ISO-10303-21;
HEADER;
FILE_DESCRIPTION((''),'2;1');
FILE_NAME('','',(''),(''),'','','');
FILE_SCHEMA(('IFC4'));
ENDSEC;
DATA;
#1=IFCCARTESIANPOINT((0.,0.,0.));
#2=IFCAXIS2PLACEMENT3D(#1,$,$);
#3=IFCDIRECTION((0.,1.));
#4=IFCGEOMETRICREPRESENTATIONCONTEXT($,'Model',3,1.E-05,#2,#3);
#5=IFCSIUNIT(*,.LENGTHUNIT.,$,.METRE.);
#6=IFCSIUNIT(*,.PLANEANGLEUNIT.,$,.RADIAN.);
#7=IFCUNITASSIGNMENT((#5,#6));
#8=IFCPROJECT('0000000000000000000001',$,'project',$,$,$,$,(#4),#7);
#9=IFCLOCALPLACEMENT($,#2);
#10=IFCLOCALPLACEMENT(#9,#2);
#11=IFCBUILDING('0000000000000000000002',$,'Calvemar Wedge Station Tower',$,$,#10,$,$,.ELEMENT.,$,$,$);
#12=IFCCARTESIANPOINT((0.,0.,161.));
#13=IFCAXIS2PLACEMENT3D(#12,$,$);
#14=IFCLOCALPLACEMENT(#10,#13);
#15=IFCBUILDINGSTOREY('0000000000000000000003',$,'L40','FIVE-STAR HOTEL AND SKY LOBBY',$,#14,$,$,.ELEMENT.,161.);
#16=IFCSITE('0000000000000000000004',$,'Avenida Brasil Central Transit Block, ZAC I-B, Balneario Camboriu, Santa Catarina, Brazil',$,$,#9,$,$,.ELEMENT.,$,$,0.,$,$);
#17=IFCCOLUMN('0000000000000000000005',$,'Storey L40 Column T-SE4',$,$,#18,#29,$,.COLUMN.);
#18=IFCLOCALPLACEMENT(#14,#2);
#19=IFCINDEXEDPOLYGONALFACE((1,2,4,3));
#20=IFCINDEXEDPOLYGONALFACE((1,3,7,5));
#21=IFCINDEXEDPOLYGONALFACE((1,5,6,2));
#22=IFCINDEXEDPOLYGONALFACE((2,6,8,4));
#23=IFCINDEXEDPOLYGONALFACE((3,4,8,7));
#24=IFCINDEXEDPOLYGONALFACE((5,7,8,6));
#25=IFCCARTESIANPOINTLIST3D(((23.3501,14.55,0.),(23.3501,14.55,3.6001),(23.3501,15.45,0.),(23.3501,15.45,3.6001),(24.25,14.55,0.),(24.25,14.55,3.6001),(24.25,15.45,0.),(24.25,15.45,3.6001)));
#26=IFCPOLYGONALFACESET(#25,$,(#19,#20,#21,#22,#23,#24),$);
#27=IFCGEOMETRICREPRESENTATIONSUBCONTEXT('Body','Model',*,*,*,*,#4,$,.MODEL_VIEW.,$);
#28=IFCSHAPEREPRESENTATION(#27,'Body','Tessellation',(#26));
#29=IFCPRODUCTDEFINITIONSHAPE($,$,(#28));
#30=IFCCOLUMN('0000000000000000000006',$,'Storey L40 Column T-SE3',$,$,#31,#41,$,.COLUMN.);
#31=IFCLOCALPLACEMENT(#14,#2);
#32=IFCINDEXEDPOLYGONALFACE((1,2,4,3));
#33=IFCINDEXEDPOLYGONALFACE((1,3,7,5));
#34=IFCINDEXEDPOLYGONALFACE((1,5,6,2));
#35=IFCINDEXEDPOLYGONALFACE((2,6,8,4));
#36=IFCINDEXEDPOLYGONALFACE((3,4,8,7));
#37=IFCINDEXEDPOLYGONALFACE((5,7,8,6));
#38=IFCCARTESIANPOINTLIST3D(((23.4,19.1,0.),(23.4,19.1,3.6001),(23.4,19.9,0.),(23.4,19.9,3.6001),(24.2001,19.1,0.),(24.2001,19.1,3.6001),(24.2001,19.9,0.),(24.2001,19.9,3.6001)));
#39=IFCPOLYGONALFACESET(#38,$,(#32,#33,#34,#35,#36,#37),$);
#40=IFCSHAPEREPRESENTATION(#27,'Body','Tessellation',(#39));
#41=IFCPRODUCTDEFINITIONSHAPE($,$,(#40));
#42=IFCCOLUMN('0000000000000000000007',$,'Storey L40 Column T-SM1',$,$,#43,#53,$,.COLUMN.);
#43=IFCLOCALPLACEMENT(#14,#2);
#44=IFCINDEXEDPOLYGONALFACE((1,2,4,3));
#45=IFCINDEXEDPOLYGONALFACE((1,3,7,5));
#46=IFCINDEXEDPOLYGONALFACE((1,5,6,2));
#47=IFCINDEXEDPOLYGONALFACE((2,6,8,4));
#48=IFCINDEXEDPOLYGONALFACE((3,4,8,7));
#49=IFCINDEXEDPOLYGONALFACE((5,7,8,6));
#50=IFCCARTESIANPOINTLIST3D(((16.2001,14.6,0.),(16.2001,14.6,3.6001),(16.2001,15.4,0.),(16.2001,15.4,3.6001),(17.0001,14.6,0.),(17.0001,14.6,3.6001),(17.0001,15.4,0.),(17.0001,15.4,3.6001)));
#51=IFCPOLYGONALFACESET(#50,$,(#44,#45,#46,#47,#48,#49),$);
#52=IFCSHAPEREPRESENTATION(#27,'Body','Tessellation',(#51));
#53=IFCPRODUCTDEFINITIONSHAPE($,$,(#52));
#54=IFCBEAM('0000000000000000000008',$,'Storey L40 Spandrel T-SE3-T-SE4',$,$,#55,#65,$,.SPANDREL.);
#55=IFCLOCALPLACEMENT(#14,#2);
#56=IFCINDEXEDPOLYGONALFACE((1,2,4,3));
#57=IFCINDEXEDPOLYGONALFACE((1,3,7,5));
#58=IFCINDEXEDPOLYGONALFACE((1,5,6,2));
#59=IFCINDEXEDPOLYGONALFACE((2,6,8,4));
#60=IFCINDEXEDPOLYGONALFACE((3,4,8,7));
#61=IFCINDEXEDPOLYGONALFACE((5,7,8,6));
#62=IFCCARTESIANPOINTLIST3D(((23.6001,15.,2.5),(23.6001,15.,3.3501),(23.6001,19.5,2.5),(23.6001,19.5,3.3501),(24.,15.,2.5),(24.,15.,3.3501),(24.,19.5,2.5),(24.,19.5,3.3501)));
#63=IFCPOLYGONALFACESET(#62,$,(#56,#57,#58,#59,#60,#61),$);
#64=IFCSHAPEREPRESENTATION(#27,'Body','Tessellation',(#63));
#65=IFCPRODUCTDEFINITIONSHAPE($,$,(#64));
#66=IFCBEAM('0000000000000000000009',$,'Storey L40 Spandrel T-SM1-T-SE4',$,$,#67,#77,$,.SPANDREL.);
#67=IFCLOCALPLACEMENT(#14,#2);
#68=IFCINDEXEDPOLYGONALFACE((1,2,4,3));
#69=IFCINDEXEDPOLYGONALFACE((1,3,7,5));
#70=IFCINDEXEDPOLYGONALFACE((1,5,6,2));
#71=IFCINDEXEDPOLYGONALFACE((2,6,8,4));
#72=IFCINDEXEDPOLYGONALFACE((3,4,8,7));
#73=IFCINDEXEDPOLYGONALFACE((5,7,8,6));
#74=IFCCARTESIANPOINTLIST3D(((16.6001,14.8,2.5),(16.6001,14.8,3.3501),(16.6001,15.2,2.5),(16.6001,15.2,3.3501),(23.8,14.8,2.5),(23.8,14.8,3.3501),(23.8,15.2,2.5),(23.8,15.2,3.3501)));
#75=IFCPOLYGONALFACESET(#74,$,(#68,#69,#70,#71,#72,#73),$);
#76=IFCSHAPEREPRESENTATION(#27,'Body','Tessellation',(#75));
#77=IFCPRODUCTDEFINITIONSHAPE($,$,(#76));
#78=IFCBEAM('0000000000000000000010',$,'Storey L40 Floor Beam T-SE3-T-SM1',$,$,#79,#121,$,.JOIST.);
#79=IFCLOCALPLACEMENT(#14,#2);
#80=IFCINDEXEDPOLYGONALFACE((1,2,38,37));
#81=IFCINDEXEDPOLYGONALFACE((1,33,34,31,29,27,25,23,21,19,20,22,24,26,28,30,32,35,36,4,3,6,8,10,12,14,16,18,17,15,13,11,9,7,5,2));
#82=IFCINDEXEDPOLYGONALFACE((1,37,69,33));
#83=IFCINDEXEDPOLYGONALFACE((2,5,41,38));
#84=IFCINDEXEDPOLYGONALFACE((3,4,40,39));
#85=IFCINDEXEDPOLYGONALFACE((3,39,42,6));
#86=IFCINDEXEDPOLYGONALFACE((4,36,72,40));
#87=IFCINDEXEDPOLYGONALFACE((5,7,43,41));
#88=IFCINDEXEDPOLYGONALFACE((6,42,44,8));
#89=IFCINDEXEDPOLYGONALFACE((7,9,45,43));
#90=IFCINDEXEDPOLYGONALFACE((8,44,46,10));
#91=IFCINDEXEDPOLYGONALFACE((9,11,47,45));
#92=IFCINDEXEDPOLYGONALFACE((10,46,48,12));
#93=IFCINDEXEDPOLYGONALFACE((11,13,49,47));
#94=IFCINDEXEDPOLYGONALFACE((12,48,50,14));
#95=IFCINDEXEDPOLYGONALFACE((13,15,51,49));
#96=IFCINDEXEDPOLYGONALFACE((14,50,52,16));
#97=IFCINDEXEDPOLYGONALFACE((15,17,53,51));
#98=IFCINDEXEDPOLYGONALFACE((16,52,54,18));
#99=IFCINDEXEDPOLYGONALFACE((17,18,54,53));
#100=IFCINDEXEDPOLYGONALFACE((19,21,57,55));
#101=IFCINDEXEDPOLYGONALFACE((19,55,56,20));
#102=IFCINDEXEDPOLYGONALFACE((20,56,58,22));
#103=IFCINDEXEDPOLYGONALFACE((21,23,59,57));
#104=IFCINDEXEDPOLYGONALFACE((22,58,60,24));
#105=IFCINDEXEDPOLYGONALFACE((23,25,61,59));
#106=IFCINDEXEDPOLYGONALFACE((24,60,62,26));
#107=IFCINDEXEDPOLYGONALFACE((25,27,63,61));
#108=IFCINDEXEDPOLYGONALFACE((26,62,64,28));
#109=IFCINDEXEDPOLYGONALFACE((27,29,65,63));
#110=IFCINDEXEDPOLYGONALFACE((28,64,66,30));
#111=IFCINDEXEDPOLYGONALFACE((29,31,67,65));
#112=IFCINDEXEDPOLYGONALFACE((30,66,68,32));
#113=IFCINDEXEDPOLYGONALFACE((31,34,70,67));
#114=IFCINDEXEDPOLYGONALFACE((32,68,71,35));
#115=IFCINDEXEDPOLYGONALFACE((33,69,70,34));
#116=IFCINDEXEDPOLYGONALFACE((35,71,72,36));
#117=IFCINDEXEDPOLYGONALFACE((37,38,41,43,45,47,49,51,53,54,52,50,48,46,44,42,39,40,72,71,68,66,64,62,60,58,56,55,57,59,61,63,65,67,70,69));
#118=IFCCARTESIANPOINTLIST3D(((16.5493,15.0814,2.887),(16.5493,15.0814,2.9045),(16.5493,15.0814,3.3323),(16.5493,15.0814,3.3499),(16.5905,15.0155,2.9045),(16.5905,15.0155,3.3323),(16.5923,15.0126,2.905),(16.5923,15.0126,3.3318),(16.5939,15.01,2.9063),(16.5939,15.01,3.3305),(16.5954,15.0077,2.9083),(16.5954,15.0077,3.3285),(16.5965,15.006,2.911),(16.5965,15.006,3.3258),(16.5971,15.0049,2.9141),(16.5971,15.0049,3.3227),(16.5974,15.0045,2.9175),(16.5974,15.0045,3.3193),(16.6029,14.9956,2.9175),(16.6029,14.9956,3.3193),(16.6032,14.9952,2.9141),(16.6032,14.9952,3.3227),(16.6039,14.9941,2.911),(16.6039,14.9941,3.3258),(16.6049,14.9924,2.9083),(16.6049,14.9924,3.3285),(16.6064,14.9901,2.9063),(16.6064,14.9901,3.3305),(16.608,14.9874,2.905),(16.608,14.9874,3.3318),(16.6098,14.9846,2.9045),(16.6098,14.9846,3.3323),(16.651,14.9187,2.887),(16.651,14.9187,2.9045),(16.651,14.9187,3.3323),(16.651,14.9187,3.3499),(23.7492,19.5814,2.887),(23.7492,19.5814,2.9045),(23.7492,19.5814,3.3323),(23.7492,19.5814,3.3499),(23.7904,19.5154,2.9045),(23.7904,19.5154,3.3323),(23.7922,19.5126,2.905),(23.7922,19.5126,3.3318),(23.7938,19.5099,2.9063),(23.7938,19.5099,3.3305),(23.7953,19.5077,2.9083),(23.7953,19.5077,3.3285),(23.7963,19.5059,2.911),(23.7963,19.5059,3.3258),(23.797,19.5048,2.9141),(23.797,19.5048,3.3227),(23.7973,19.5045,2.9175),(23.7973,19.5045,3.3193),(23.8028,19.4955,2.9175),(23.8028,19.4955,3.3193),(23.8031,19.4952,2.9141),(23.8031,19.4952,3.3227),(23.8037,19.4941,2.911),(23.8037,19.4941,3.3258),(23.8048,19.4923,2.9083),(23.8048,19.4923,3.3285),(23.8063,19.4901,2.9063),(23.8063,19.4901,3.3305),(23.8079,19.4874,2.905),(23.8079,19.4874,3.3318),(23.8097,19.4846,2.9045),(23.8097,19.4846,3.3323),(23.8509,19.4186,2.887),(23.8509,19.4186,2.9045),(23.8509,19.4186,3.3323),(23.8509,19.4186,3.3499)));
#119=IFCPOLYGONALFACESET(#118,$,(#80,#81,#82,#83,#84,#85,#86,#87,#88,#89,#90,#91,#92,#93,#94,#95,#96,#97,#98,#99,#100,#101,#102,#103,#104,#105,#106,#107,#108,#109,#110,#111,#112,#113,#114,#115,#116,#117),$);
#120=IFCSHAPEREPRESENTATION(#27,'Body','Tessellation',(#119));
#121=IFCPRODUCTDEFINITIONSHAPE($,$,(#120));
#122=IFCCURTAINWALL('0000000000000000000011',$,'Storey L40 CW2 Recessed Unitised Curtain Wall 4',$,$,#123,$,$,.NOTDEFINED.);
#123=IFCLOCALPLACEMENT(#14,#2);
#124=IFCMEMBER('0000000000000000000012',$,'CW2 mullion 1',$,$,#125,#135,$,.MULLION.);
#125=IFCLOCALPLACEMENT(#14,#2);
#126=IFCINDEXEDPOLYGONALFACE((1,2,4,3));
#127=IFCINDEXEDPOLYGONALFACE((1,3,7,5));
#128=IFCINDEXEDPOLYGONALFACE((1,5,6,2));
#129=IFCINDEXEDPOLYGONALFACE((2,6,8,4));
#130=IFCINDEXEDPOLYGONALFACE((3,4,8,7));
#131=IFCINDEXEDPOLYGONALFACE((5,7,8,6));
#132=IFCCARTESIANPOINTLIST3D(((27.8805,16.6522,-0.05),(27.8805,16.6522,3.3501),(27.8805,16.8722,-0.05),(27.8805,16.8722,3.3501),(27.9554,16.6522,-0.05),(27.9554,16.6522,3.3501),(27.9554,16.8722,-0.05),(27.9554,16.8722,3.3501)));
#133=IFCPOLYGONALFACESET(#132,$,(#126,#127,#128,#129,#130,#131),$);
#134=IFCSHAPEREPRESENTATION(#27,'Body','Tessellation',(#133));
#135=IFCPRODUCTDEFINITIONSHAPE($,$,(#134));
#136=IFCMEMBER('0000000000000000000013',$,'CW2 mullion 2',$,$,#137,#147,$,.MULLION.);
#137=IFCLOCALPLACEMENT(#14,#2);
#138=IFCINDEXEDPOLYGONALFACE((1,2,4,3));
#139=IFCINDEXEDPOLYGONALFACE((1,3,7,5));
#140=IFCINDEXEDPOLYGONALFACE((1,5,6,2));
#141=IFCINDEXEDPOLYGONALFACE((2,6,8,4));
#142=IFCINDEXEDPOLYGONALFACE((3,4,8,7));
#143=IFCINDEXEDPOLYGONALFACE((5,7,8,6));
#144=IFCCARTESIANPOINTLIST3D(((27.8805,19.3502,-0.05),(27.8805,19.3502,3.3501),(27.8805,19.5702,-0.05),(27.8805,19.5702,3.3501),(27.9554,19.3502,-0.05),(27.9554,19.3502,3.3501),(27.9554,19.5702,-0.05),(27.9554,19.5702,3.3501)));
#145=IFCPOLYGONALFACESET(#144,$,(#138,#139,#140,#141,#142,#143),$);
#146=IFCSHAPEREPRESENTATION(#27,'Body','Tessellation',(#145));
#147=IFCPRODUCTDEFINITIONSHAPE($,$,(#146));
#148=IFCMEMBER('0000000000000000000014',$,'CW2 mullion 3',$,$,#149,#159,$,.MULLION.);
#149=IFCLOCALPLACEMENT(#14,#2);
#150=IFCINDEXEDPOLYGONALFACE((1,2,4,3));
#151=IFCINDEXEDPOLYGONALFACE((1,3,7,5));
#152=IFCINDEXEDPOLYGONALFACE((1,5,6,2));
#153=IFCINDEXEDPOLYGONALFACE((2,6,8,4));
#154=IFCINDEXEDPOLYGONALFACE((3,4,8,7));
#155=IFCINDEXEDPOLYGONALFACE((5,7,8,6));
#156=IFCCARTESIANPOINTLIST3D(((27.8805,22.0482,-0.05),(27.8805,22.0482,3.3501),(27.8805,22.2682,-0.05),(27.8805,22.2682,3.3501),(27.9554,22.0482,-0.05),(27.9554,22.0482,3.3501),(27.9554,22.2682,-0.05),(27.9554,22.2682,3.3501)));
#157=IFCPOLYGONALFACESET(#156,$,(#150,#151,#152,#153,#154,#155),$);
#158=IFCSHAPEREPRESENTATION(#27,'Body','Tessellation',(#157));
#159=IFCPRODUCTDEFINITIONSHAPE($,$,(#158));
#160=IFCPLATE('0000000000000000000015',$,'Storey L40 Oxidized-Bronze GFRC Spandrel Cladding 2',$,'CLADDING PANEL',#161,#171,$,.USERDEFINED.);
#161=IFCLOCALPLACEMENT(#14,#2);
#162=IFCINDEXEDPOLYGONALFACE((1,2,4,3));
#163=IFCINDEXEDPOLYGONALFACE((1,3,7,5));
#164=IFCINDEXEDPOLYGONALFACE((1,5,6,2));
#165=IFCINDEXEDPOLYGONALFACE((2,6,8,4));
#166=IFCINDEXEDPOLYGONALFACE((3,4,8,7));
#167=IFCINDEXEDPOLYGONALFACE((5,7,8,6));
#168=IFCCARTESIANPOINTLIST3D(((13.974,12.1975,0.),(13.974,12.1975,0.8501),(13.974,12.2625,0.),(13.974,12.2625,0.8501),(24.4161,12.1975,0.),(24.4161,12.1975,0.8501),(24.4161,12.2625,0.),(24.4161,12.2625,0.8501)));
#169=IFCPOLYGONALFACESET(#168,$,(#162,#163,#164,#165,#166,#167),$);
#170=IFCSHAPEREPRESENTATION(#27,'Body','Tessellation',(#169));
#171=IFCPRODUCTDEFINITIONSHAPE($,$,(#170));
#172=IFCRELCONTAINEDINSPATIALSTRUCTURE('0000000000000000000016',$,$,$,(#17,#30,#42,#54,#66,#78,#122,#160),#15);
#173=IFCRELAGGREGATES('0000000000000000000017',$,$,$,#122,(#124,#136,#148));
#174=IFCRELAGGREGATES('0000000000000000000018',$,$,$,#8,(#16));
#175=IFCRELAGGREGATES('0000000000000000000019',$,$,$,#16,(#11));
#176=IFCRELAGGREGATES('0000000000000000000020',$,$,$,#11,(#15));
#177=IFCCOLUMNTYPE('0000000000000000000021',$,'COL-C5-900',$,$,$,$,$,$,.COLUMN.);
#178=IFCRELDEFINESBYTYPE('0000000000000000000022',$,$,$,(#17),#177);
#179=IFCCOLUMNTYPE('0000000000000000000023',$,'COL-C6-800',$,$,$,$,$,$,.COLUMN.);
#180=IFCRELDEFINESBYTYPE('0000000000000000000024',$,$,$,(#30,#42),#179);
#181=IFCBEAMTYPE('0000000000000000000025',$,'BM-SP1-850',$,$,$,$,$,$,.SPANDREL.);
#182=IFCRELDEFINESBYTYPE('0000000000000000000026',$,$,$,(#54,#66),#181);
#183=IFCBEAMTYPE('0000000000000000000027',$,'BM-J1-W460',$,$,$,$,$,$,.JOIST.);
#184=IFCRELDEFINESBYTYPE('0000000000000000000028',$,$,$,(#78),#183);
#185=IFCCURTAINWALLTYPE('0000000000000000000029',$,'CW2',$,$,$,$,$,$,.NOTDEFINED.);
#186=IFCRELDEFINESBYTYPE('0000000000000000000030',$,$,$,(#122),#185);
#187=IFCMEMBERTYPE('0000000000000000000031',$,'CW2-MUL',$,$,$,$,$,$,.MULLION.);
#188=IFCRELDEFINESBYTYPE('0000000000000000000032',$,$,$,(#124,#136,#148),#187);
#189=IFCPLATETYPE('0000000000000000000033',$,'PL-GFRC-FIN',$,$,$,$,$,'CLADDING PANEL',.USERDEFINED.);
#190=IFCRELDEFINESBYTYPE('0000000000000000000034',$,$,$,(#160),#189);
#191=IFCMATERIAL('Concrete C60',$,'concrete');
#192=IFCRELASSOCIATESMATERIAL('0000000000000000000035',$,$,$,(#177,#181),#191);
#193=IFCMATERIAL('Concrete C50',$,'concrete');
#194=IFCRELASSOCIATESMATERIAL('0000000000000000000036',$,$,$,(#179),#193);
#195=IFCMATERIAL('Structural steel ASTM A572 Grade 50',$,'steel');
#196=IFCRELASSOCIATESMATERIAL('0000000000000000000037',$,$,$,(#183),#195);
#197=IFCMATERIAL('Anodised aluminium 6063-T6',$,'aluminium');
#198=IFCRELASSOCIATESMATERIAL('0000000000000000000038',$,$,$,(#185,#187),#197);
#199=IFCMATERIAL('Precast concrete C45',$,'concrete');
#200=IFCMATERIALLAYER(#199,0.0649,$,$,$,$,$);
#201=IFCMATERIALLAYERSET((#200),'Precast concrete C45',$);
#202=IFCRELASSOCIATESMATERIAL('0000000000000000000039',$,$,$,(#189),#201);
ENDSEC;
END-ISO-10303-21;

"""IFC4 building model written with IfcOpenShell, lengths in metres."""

from ifc_helpers import new_model, si_unit, direction, frame, frame_2d, origin, origin_2d, place, context, subcontext, project, spatial, rectangle, i_section, extrude, source, transform, mapped, material, layer, layer_set, material_profile, profile_set, type_object, element, aggregate, save


model = new_model("IFC4")

# Units and contexts
model_context = context("Model", 3, precision=1e-05, world=origin(), true_north=direction((0.0, 1.0)))
body_context = subcontext(model_context, "Body", "Model", "MODEL_VIEW")
ifc_project = project(units=[si_unit("LENGTHUNIT", "METRE"), si_unit("PLANEANGLEUNIT", "RADIAN")], contexts=[model_context])

# Site, building, storey
site_placement = place(None, origin())
site = spatial("IfcSite", under=ifc_project, at=site_placement, Name="Avenida Brasil Central Transit Block, ZAC I-B, Balneario Camboriu, Santa Catarina, Brazil", CompositionType="ELEMENT", RefElevation=0.0)
building_placement = place(site_placement, origin())
building = spatial("IfcBuilding", under=site, at=building_placement, Name="Calvemar Wedge Station Tower", CompositionType="ELEMENT")
storey_placement = place(building_placement, frame((0.0, 0.0, 161.0)))
storey = spatial("IfcBuildingStorey", under=building, at=storey_placement, Name="L40", Description="FIVE-STAR HOTEL AND SKY LOBBY", CompositionType="ELEMENT", Elevation=161.0)

# Columns
ifc_material_1 = material(Name="Concrete C60", Category="concrete")
ifc_material_profile_1 = material_profile(ifc_material_1, rectangle(XDim=0.8999, YDim=0.8999, at=origin_2d()), Name="RC900x900")
ifc_profile_set_1 = profile_set([ifc_material_profile_1], Name="Concrete C60")
column_type_1 = type_object("IfcColumnType", Name="COL-C5-900", PredefinedType="COLUMN", material=ifc_profile_set_1)
shared_shape_1 = source(origin(), body_context, "Body", "SweptSolid", [
    extrude(rectangle(XDim=0.8999, YDim=0.8999, at=origin_2d()), origin(), (0.0, 0.0, 1.0), 3.6001),
])
column_placement = place(storey_placement, frame((23.8, 15.0, 0.0), z_axis=(0.0, 0.0, 1.0), x_axis=(1.0, 0.0, 0.0)))
element("IfcColumn", 1, at=column_placement, inside=storey, type_object=column_type_1, Name="Storey L40 Column T-SE4", PredefinedType="COLUMN", context=body_context, shape_type="MappedRepresentation", body=[
    mapped(shared_shape_1, transform((0.0, 0.0, 0.0), scale=1.0)),
])
ifc_material_2 = material(Name="Concrete C50", Category="concrete")
ifc_material_profile_2 = material_profile(ifc_material_2, rectangle(XDim=0.8, YDim=0.8, at=origin_2d()), Name="RC800x800")
ifc_profile_set_2 = profile_set([ifc_material_profile_2], Name="Concrete C50")
column_type_2 = type_object("IfcColumnType", Name="COL-C6-800", PredefinedType="COLUMN", material=ifc_profile_set_2)
shared_shape_2 = source(origin(), body_context, "Body", "SweptSolid", [
    extrude(rectangle(XDim=0.8, YDim=0.8, at=origin_2d()), origin(), (0.0, 0.0, 1.0), 3.6001),
])
for number, where, z_axis, x_axis, name in (
    (2, (23.8, 19.5, 0.0), (0.0, 0.0, 1.0), (1.0, 0.0, 0.0), "Storey L40 Column T-SE3"),
    (3, (16.6001, 15.0, 0.0), (0.0, 0.0, 1.0), (1.0, 0.0, 0.0), "Storey L40 Column T-SM1"),
):
    element("IfcColumn", number, at=place(storey_placement, frame(where, z_axis=z_axis, x_axis=x_axis)), inside=storey, type_object=column_type_2, Name=name, PredefinedType="COLUMN", context=body_context, shape_type="MappedRepresentation", body=[
        mapped(shared_shape_2, transform((0.0, 0.0, 0.0), scale=1.0)),
    ])

# Beams
ifc_material_profile_3 = material_profile(ifc_material_1, rectangle(XDim=0.3999, YDim=0.8501, at=origin_2d()), Name="RC400x850")
ifc_profile_set_3 = profile_set([ifc_material_profile_3], Name="Concrete C60")
beam_type_1 = type_object("IfcBeamType", Name="BM-SP1-850", PredefinedType="SPANDREL", material=ifc_profile_set_3)
shared_shape_3 = source(origin(), body_context, "Body", "SweptSolid", [
    extrude(rectangle(XDim=0.3999, YDim=0.8501, at=origin_2d()), origin(), (0.0, 0.0, 1.0), 4.5),
])
beam_1_placement = place(storey_placement, frame((23.8, 19.5, 2.925), z_axis=(0.0, -1.0, 0.0), x_axis=(1.0, 0.0, 0.0)))
element("IfcBeam", 4, at=beam_1_placement, inside=storey, type_object=beam_type_1, Name="Storey L40 Spandrel T-SE3-T-SE4", PredefinedType="SPANDREL", context=body_context, shape_type="MappedRepresentation", body=[
    mapped(shared_shape_3, transform((0.0, 0.0, 0.0), scale=1.0)),
])
shared_shape_4 = source(origin(), body_context, "Body", "SweptSolid", [
    extrude(rectangle(XDim=0.3999, YDim=0.8501, at=origin_2d()), origin(), (0.0, 0.0, 1.0), 7.2),
])
beam_2_placement = place(storey_placement, frame((16.6001, 15.0, 2.925), z_axis=(1.0, 0.0, 0.0), x_axis=(0.0, 1.0, 0.0)))
element("IfcBeam", 5, at=beam_2_placement, inside=storey, type_object=beam_type_1, Name="Storey L40 Spandrel T-SM1-T-SE4", PredefinedType="SPANDREL", context=body_context, shape_type="MappedRepresentation", body=[
    mapped(shared_shape_4, transform((0.0, 0.0, 0.0), scale=1.0)),
])
ifc_material_3 = material(Name="Structural steel ASTM A572 Grade 50", Category="steel")
ifc_material_profile_4 = material_profile(ifc_material_3, i_section(OverallWidth=0.1919, OverallDepth=0.4629, WebThickness=0.0105, FlangeThickness=0.0176, FilletRadius=0.0129, at=origin_2d()), Name="W460x89")
ifc_profile_set_4 = profile_set([ifc_material_profile_4], Name="Structural steel ASTM A572 Grade 50")
beam_type_2 = type_object("IfcBeamType", Name="BM-J1-W460", PredefinedType="JOIST", material=ifc_profile_set_4)
shared_shape_5 = source(origin(), body_context, "Body", "SweptSolid", [
    extrude(i_section(OverallWidth=0.1919, OverallDepth=0.4629, WebThickness=0.0105, FlangeThickness=0.0176, FilletRadius=0.0129, at=origin_2d()), origin(), (0.0, 0.0, 1.0), 8.4905),
])
beam_3_placement = place(storey_placement, frame((23.8, 19.5, 3.1184), z_axis=(-0.847997, -0.530002, 0.0), x_axis=(0.530002, -0.847997, 0.0)))
element("IfcBeam", 6, at=beam_3_placement, inside=storey, type_object=beam_type_2, Name="Storey L40 Floor Beam T-SE3-T-SM1", PredefinedType="JOIST", context=body_context, shape_type="MappedRepresentation", body=[
    mapped(shared_shape_5, transform((0.0, 0.0, 0.0), scale=1.0)),
])

# Curtain wall, members
ifc_material_4 = material(Name="Anodised aluminium 6063-T6", Category="aluminium")
curtain_wall_type = type_object("IfcCurtainWallType", Name="CW2", PredefinedType="NOTDEFINED", material=ifc_material_4)
curtain_wall_placement = place(storey_placement, origin())
curtain_wall = element("IfcCurtainWall", 7, at=curtain_wall_placement, inside=storey, type_object=curtain_wall_type, Name="Storey L40 CW2 Recessed Unitised Curtain Wall 4", PredefinedType="NOTDEFINED")
ifc_material_profile_5 = material_profile(ifc_material_4, rectangle(XDim=0.075, YDim=0.22, at=origin_2d()), Name="AL-MUL-75x220")
ifc_profile_set_5 = profile_set([ifc_material_profile_5], Name="Anodised aluminium 6063-T6")
member_type = type_object("IfcMemberType", Name="CW2-MUL", PredefinedType="MULLION", material=ifc_profile_set_5)
shared_shape_6 = source(origin(), body_context, "Body", "SweptSolid", [
    extrude(rectangle(XDim=0.075, YDim=0.22, at=origin_2d()), origin(), (0.0, 0.0, 1.0), 3.4001),
])
member_1_placement = place(storey_placement, frame((27.918, 16.7622, -0.05), z_axis=(0.0, 0.0, 1.0), x_axis=(1.0, 0.0, 0.0)))
member_1 = element("IfcMember", 8, at=member_1_placement, type_object=member_type, Name="CW2 mullion 1", PredefinedType="MULLION", context=body_context, shape_type="MappedRepresentation", body=[
    mapped(shared_shape_6, transform((0.0, 0.0, 0.0), scale=1.0)),
])
member_2_placement = place(storey_placement, frame((27.918, 19.4602, -0.05), z_axis=(0.0, 0.0, 1.0), x_axis=(1.0, 0.0, 0.0)))
member_2 = element("IfcMember", 9, at=member_2_placement, type_object=member_type, Name="CW2 mullion 2", PredefinedType="MULLION", context=body_context, shape_type="MappedRepresentation", body=[
    mapped(shared_shape_6, transform((0.0, 0.0, 0.0), scale=1.0)),
])
member_3_placement = place(storey_placement, frame((27.918, 22.1582, -0.05), z_axis=(0.0, 0.0, 1.0), x_axis=(1.0, 0.0, 0.0)))
member_3 = element("IfcMember", 10, at=member_3_placement, type_object=member_type, Name="CW2 mullion 3", PredefinedType="MULLION", context=body_context, shape_type="MappedRepresentation", body=[
    mapped(shared_shape_6, transform((0.0, 0.0, 0.0), scale=1.0)),
])
aggregate(curtain_wall, [member_1, member_2, member_3])

# Plate
ifc_material_5 = material(Name="Precast concrete C45", Category="concrete")
ifc_layer_1 = layer(ifc_material_5, 0.0649)
ifc_layer_set_1 = layer_set([ifc_layer_1], Name="Precast concrete C45")
plate_type = type_object("IfcPlateType", Name="PL-GFRC-FIN", ElementType="CLADDING PANEL", PredefinedType="USERDEFINED", material=ifc_layer_set_1)
plate_placement = place(storey_placement, frame((13.9739, 12.23, 0.0), z_axis=(0.0, 0.0, 1.0), x_axis=(1.0, 0.0, 0.0)))
element("IfcPlate", 11, at=plate_placement, inside=storey, type_object=plate_type, Name="Storey L40 Oxidized-Bronze GFRC Spandrel Cladding 2", ObjectType="CLADDING PANEL", PredefinedType="USERDEFINED", context=body_context, shape_type="SweptSolid", body=[
    extrude(rectangle(XDim=10.4421, YDim=0.0649, at=frame_2d((5.2212, 0.0))), origin(), (0.0, 0.0, 1.0), 0.8501),
])

save(model, "model.ifc")
